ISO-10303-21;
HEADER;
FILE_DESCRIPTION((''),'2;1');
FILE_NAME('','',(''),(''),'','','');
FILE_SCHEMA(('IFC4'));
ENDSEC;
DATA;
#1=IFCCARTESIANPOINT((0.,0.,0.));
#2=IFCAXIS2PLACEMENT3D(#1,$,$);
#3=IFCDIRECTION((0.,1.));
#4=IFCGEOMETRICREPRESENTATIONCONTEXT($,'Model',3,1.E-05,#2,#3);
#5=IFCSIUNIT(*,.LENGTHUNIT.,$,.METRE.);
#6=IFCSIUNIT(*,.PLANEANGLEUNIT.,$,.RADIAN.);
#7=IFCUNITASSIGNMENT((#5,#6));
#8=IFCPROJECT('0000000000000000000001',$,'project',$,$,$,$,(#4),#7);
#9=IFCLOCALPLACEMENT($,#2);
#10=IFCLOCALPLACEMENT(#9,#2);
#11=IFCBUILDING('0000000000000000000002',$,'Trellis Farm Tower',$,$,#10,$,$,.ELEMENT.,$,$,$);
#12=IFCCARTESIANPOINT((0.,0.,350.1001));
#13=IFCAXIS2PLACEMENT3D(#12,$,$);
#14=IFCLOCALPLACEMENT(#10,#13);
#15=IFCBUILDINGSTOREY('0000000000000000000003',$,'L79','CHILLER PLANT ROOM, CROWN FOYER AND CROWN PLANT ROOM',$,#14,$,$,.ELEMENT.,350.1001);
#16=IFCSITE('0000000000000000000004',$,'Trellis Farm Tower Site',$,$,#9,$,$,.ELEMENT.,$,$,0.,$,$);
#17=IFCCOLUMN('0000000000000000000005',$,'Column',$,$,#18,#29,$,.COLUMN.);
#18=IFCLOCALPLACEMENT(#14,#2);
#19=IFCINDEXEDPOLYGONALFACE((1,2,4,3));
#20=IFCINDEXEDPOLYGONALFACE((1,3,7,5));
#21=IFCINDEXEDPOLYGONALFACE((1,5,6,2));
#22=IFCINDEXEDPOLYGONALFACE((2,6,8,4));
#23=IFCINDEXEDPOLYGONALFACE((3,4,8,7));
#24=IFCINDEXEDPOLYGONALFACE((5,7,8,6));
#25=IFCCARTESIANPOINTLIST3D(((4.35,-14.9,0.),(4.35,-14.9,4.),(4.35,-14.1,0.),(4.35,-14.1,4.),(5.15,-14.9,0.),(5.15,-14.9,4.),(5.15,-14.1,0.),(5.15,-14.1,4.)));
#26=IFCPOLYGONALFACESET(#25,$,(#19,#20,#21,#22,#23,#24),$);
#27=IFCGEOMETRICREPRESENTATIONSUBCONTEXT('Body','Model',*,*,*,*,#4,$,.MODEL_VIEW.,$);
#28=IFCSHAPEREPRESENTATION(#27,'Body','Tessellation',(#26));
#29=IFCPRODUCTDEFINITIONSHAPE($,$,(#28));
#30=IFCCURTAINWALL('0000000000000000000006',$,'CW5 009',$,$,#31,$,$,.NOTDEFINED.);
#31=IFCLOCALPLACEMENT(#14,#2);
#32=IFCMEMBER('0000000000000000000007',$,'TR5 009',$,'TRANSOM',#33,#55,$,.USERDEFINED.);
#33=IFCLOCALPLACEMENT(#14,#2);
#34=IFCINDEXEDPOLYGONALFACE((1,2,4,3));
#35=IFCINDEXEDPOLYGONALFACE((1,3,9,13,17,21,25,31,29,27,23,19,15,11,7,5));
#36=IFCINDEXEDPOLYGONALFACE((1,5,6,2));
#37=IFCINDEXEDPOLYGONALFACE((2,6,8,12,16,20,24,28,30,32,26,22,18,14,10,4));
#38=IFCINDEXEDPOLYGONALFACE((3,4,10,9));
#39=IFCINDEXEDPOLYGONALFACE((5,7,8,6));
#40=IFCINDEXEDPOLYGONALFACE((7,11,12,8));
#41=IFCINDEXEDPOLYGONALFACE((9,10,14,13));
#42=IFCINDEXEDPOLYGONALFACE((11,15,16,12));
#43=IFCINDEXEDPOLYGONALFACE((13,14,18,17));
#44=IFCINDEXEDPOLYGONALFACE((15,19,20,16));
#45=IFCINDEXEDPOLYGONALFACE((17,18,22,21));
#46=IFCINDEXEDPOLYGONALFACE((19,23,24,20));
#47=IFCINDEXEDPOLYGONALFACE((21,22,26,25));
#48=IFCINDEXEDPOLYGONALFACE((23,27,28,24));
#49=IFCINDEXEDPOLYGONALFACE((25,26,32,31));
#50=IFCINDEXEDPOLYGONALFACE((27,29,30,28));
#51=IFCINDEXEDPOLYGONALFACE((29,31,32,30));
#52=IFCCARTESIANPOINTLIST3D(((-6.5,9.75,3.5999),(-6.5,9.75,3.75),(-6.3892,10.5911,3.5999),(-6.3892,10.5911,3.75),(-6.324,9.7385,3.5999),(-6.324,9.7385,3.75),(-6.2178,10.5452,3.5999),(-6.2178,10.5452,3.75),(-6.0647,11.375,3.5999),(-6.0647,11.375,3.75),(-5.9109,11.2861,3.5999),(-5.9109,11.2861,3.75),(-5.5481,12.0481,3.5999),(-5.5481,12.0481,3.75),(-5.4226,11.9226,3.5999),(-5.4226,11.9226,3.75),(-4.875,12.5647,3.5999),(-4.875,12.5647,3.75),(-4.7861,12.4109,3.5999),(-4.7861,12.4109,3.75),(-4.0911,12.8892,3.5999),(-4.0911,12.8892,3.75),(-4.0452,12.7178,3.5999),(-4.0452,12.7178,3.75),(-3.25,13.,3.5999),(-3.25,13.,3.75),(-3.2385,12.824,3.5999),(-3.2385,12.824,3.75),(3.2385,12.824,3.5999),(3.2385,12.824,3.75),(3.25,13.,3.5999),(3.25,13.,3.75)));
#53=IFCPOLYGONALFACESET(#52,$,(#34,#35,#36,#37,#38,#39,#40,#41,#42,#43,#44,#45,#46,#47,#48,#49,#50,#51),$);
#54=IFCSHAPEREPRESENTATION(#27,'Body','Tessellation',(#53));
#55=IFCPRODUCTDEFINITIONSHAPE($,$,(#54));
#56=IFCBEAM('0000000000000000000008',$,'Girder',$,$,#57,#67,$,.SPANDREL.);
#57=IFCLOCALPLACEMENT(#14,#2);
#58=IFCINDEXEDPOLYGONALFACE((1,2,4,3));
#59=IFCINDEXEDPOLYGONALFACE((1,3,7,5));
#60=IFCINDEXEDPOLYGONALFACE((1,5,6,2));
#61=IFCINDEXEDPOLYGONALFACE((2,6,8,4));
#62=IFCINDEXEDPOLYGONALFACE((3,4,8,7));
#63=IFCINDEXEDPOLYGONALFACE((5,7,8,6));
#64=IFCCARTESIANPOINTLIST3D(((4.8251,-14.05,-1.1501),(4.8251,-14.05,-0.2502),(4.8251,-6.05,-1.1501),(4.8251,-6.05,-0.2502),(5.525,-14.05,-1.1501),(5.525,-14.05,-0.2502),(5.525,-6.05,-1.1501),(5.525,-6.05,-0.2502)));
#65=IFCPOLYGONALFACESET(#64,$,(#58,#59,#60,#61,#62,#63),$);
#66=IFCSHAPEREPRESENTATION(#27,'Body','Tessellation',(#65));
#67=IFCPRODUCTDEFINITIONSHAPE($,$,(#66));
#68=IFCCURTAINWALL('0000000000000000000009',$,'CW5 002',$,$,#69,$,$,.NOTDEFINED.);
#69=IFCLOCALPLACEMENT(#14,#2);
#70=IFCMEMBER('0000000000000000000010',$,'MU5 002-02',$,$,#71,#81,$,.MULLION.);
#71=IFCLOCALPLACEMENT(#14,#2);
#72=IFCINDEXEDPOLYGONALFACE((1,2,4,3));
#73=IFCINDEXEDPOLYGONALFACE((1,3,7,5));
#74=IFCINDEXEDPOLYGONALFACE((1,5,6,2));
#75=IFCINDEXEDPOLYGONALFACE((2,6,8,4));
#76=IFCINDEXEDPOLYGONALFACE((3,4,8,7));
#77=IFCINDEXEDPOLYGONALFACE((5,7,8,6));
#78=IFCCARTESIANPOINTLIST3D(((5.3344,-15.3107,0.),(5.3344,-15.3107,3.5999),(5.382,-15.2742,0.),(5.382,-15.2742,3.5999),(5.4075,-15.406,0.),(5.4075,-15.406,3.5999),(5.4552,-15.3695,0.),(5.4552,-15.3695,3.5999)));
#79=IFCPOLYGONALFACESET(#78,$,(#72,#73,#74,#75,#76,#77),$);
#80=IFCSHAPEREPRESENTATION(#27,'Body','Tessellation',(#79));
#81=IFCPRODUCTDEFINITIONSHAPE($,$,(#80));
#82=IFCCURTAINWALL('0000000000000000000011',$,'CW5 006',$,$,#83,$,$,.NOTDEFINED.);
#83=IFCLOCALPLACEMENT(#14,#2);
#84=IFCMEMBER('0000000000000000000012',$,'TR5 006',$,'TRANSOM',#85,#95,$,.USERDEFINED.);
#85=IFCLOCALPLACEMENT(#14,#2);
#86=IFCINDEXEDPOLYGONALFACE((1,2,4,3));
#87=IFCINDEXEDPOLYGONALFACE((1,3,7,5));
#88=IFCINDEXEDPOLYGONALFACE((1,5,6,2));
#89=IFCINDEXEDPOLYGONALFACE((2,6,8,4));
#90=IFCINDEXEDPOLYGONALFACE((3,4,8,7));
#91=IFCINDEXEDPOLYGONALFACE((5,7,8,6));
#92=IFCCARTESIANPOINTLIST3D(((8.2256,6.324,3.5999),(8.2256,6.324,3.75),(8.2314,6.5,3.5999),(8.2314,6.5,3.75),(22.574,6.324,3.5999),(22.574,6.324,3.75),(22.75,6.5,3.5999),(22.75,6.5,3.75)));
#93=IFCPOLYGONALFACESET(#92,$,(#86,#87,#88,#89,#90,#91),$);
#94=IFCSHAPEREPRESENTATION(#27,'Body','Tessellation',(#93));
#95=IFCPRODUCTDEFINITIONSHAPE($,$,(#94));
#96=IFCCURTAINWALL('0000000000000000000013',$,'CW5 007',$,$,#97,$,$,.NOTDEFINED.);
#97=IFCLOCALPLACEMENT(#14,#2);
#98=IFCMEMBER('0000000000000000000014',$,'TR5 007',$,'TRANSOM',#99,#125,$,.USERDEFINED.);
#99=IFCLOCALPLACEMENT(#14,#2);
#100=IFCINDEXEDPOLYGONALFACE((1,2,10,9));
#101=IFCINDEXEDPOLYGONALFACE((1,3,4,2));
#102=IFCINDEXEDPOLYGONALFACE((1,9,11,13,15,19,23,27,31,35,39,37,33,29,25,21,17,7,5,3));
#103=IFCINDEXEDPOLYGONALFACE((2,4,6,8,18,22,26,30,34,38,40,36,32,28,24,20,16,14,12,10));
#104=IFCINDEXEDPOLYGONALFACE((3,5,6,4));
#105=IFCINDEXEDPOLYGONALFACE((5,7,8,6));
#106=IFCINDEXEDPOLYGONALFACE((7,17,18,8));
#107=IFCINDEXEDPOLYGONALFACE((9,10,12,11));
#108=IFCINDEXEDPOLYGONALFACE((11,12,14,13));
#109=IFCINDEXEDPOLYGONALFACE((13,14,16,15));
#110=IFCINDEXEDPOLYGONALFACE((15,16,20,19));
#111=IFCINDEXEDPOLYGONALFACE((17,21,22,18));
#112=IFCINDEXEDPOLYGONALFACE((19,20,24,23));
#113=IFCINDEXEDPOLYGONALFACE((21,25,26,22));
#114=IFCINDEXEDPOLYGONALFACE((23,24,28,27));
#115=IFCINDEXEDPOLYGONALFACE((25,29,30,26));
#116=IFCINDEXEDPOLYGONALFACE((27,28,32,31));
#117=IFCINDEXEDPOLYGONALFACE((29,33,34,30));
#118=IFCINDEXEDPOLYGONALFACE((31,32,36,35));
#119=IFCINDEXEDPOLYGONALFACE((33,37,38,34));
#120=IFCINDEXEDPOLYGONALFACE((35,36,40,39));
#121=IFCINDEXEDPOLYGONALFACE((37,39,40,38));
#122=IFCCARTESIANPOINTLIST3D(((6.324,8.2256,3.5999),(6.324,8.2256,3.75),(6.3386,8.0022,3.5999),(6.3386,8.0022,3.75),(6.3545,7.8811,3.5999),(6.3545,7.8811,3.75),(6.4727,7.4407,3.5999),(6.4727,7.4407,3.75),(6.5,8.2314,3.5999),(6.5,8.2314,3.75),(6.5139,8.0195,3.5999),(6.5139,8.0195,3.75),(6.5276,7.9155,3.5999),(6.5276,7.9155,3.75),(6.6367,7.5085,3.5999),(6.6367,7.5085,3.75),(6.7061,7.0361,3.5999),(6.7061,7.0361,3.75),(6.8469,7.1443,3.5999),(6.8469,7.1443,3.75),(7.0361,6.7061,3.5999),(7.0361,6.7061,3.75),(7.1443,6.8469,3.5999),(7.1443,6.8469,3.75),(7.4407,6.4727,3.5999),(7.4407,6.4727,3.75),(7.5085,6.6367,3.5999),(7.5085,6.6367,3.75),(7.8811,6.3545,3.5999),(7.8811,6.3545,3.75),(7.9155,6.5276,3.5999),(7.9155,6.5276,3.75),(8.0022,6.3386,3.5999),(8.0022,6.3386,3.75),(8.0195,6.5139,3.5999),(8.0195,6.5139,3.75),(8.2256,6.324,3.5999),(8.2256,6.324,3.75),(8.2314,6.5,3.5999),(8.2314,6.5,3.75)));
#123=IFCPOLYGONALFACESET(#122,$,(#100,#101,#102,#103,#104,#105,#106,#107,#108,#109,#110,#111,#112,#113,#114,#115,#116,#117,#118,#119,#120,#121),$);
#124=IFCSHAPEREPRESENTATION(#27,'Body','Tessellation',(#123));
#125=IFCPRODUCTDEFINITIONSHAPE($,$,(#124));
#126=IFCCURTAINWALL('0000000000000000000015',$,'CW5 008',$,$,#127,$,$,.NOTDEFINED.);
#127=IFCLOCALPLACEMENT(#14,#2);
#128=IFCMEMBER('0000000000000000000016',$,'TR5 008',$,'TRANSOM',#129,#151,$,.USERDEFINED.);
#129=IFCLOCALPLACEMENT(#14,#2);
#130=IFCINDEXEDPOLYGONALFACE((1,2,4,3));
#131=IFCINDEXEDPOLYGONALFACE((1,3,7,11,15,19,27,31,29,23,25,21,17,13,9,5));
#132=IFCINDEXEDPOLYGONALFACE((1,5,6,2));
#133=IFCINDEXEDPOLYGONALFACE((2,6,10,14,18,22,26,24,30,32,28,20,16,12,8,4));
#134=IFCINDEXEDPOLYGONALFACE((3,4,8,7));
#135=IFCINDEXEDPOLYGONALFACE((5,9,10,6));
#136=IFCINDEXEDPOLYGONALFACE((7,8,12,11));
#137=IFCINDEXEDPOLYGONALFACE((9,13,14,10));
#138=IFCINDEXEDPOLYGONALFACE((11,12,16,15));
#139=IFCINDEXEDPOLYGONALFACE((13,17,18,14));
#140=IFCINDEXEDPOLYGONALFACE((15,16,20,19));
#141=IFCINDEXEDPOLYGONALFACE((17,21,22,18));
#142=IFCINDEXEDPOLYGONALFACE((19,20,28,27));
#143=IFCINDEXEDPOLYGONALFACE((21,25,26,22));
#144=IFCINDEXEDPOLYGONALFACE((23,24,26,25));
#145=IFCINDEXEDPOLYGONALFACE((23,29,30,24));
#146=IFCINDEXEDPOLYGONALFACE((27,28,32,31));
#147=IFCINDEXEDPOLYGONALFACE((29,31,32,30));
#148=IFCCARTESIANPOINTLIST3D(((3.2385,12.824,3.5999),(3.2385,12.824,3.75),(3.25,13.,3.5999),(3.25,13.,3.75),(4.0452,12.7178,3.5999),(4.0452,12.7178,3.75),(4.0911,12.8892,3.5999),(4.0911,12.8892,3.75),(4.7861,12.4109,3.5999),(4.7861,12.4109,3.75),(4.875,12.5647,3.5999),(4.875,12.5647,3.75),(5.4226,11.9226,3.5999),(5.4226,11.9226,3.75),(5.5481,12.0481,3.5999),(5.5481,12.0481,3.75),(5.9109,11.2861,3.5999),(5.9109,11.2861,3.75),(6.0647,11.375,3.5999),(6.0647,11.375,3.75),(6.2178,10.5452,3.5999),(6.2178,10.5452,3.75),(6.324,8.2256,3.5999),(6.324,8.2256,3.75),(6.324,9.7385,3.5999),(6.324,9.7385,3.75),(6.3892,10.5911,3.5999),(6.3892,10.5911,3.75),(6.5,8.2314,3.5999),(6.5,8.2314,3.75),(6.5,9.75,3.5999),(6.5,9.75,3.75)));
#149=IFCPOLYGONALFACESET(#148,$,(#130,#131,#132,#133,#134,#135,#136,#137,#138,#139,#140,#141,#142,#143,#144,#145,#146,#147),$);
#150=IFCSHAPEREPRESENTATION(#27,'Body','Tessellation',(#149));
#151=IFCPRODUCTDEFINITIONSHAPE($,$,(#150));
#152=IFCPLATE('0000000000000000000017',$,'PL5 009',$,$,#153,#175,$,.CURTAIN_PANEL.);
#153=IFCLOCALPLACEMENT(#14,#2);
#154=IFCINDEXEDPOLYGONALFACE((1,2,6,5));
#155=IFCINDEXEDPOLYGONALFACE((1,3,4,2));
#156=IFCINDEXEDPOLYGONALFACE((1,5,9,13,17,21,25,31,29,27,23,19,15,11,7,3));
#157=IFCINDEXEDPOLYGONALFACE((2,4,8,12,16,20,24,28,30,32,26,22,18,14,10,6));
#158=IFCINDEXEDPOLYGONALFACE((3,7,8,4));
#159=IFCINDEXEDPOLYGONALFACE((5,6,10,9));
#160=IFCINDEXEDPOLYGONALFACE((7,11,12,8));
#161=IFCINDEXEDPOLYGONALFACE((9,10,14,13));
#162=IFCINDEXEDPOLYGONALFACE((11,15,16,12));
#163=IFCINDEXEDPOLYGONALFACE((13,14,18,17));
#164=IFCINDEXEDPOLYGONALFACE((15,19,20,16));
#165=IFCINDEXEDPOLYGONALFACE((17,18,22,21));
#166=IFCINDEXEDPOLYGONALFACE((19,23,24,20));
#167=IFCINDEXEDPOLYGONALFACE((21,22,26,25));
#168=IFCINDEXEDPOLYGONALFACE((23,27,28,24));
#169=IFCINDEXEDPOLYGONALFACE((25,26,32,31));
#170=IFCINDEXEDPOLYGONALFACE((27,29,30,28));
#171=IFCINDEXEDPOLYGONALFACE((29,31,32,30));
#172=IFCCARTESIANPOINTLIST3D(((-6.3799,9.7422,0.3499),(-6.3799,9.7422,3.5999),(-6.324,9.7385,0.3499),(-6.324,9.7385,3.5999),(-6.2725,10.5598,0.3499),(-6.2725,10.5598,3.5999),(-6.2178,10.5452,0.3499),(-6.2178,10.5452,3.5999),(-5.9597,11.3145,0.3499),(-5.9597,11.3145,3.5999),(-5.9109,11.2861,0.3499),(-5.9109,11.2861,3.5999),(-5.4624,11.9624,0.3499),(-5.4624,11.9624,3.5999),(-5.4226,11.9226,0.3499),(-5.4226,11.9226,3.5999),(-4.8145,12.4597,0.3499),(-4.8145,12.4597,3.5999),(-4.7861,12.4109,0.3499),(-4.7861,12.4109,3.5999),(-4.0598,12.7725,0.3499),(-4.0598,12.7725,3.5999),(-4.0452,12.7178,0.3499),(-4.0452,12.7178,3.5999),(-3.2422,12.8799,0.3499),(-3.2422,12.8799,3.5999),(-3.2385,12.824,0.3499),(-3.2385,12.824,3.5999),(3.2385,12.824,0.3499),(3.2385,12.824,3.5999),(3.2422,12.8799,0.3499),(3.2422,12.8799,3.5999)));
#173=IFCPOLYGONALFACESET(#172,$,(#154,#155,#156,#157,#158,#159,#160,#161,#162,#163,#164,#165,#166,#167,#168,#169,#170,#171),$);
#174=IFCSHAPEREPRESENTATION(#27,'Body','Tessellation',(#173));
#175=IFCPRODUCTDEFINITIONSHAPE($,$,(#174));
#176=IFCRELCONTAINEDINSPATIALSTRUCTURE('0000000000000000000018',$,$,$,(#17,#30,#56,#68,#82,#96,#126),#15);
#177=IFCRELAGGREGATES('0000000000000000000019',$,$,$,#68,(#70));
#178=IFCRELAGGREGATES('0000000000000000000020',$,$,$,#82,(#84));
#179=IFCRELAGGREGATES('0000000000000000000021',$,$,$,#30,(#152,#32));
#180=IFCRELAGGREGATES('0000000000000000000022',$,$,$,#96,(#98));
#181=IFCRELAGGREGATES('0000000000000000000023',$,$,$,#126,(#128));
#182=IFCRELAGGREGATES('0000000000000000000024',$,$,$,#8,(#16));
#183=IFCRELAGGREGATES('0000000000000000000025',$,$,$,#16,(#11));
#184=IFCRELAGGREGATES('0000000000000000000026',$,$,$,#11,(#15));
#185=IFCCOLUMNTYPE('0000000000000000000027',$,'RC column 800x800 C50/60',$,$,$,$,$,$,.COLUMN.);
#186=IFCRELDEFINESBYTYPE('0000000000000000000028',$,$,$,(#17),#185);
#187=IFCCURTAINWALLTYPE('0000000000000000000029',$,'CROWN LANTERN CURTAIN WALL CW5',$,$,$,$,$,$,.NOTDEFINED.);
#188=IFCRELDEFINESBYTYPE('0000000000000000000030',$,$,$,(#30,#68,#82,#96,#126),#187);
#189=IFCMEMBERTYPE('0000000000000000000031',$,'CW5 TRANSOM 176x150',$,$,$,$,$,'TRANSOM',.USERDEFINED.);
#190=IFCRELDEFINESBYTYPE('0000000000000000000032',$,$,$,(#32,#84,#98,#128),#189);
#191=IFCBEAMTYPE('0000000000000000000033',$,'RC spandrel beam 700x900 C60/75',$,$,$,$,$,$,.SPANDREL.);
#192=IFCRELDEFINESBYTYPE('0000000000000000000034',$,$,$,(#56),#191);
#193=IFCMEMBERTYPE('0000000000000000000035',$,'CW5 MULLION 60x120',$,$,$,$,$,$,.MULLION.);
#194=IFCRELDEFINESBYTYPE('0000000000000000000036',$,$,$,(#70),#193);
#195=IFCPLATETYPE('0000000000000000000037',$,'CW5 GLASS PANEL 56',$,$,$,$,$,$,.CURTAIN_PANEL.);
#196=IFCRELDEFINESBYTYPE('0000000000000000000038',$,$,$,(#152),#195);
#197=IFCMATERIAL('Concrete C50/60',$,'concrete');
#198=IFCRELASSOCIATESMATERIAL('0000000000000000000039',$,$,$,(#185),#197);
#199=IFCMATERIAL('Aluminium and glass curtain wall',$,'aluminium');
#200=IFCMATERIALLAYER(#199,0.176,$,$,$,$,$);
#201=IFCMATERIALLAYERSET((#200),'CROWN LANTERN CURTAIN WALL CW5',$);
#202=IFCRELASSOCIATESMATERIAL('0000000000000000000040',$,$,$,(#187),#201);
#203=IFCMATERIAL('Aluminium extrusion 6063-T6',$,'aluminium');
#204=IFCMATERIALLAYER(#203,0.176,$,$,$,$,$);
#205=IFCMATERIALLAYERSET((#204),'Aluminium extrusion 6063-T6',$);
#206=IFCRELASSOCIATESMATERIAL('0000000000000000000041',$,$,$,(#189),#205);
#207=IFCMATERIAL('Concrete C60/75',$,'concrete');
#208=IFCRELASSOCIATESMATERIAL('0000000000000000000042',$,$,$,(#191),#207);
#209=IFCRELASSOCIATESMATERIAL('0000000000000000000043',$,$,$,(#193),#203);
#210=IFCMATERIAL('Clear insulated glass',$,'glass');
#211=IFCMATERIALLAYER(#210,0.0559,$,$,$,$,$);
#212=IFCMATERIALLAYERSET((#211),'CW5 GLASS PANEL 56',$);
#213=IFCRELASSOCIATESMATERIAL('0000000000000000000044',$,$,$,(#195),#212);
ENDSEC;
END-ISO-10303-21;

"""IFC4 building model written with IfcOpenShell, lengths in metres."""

from ifc_helpers import new_model, si_unit, direction, frame, origin, origin_2d, place, context, subcontext, project, spatial, polyline, rectangle, outline, extrude, source, transform, mapped, material, layer, layer_set, material_profile, profile_set, type_object, element, aggregate, save


model = new_model("IFC4")

# Units and contexts
model_context = context("Model", 3, precision=1e-05, world=origin(), true_north=direction((0.0, 1.0)))
body_context = subcontext(model_context, "Body", "Model", "MODEL_VIEW")
ifc_project = project(units=[si_unit("LENGTHUNIT", "METRE"), si_unit("PLANEANGLEUNIT", "RADIAN")], contexts=[model_context])

# Site, building, storey
site_placement = place(None, origin())
site = spatial("IfcSite", under=ifc_project, at=site_placement, Name="Trellis Farm Tower Site", CompositionType="ELEMENT", RefElevation=0.0)
building_placement = place(site_placement, origin())
building = spatial("IfcBuilding", under=site, at=building_placement, Name="Trellis Farm Tower", CompositionType="ELEMENT")
storey_placement = place(building_placement, frame((0.0, 0.0, 350.1001)))
storey = spatial("IfcBuildingStorey", under=building, at=storey_placement, Name="L79", Description="CHILLER PLANT ROOM, CROWN FOYER AND CROWN PLANT ROOM", CompositionType="ELEMENT", Elevation=350.1001)

# Column
ifc_material_1 = material(Name="Concrete C50/60", Category="concrete")
ifc_material_profile_1 = material_profile(ifc_material_1, rectangle(XDim=0.8, YDim=0.8, at=origin_2d()), Name="RC column 800x800 C50/60")
ifc_profile_set_1 = profile_set([ifc_material_profile_1], Name="Concrete C50/60")
column_type = type_object("IfcColumnType", Name="RC column 800x800 C50/60", PredefinedType="COLUMN", material=ifc_profile_set_1)
shared_shape_1 = source(origin(), body_context, "Body", "SweptSolid", [
    extrude(rectangle(XDim=0.8, YDim=0.8, at=origin_2d()), origin(), (0.0, 0.0, 1.0), 4.0),
])
column_placement = place(storey_placement, frame((4.75, -14.5, 0.0), z_axis=(0.0, 0.0, 1.0), x_axis=(1.0, 0.0, 0.0)))
element("IfcColumn", 1, at=column_placement, inside=storey, type_object=column_type, Name="Column", PredefinedType="COLUMN", context=body_context, shape_type="MappedRepresentation", body=[
    mapped(shared_shape_1, transform((0.0, 0.0, 0.0))),
])

# Curtain wall, member
ifc_material_2 = material(Name="Aluminium and glass curtain wall", Category="aluminium")
ifc_layer_1 = layer(ifc_material_2, 0.176)
ifc_layer_set_1 = layer_set([ifc_layer_1], Name="CROWN LANTERN CURTAIN WALL CW5")
curtain_wall_type = type_object("IfcCurtainWallType", Name="CROWN LANTERN CURTAIN WALL CW5", PredefinedType="NOTDEFINED", material=ifc_layer_set_1)
placement_1 = place(storey_placement, origin())
curtain_wall_1 = element("IfcCurtainWall", 2, at=placement_1, inside=storey, type_object=curtain_wall_type, Name="CW5 009", PredefinedType="NOTDEFINED")
ifc_material_3 = material(Name="Aluminium extrusion 6063-T6", Category="aluminium")
ifc_layer_2 = layer(ifc_material_3, 0.176)
ifc_layer_set_2 = layer_set([ifc_layer_2], Name="Aluminium extrusion 6063-T6")
member_type_1 = type_object("IfcMemberType", Name="CW5 TRANSOM 176x150", ElementType="TRANSOM", PredefinedType="USERDEFINED", material=ifc_layer_set_2)
placement_2 = place(storey_placement, frame((0.0, 0.0, 3.5999)))
member_1 = element("IfcMember", 3, at=placement_2, type_object=member_type_1, Name="TR5 009", ObjectType="TRANSOM", PredefinedType="USERDEFINED", context=body_context, shape_type="SweptSolid", body=[
    extrude(outline(polyline([(3.25, 13.0), (-3.25, 13.0), (-4.0911, 12.8892), (-4.875, 12.5647), (-5.5481, 12.0481), (-6.0647, 11.375), (-6.3892, 10.5911), (-6.5, 9.75), (-6.324, 9.7385), (-6.2178, 10.5452), (-5.9109, 11.2861), (-5.4226, 11.9226), (-4.7861, 12.4109), (-4.0452, 12.7178), (-3.2385, 12.824), (3.2385, 12.824), (3.25, 13.0)])), origin(), (0.0, 0.0, 1.0), 0.1501),
])

# Beam
ifc_material_4 = material(Name="Concrete C60/75", Category="concrete")
ifc_material_profile_2 = material_profile(ifc_material_4, rectangle(XDim=0.7, YDim=0.8999, at=origin_2d()), Name="RC spandrel beam 700x900 C60/75")
ifc_profile_set_2 = profile_set([ifc_material_profile_2], Name="Concrete C60/75")
beam_type = type_object("IfcBeamType", Name="RC spandrel beam 700x900 C60/75", PredefinedType="SPANDREL", material=ifc_profile_set_2)
shared_shape_2 = source(origin(), body_context, "Body", "SweptSolid", [
    extrude(rectangle(XDim=0.7, YDim=0.8999, at=origin_2d()), origin(), (0.0, 0.0, 1.0), 8.0),
])
beam_placement = place(storey_placement, frame((5.175, -14.05, -0.7002), z_axis=(0.0, 1.0, 0.0), x_axis=(-1.0, 0.0, 0.0)))
element("IfcBeam", 4, at=beam_placement, inside=storey, type_object=beam_type, Name="Girder", PredefinedType="SPANDREL", context=body_context, shape_type="MappedRepresentation", body=[
    mapped(shared_shape_2, transform((0.0, 0.0, 0.0))),
])

# Curtain walls, members
curtain_wall_2 = element("IfcCurtainWall", 5, at=placement_1, inside=storey, type_object=curtain_wall_type, Name="CW5 002", PredefinedType="NOTDEFINED")
ifc_material_profile_3 = material_profile(ifc_material_3, rectangle(XDim=0.0601, YDim=0.1201, at=origin_2d()), Name="MULLION 60x120")
ifc_profile_set_3 = profile_set([ifc_material_profile_3], Name="Aluminium extrusion 6063-T6")
member_type_2 = type_object("IfcMemberType", Name="CW5 MULLION 60x120", PredefinedType="MULLION", material=ifc_profile_set_3)
shared_shape_3 = source(origin(), body_context, "Body", "SweptSolid", [
    extrude(rectangle(XDim=0.0601, YDim=0.1201, at=origin_2d()), origin(), (0.0, 0.0, 1.0), 3.5999),
])
member_2_placement = place(storey_placement, frame((5.3948, -15.3401, 0.0), z_axis=(0.0, 0.0, 1.0), x_axis=(0.793353, 0.608761, 0.0)))
member_2 = element("IfcMember", 6, at=member_2_placement, type_object=member_type_2, Name="MU5 002-02", PredefinedType="MULLION", context=body_context, shape_type="MappedRepresentation", body=[
    mapped(shared_shape_3, transform((0.0, 0.0, 0.0))),
])
aggregate(curtain_wall_2, [member_2])
curtain_wall_3 = element("IfcCurtainWall", 7, at=placement_1, inside=storey, type_object=curtain_wall_type, Name="CW5 006", PredefinedType="NOTDEFINED")
shared_shape_4 = source(origin(), body_context, "Body", "SweptSolid", [
    extrude(outline(polyline([(22.75, 6.5), (8.2314, 6.5), (8.2256, 6.324), (22.574, 6.324), (22.75, 6.5)])), origin(), (0.0, 0.0, 1.0), 0.1501),
])
member_3 = element("IfcMember", 8, at=placement_2, type_object=member_type_1, Name="TR5 006", ObjectType="TRANSOM", PredefinedType="USERDEFINED", context=body_context, shape_type="MappedRepresentation", body=[
    mapped(shared_shape_4, transform((0.0, 0.0, 0.0))),
])
aggregate(curtain_wall_3, [member_3])
curtain_wall_4 = element("IfcCurtainWall", 9, at=placement_1, inside=storey, type_object=curtain_wall_type, Name="CW5 007", PredefinedType="NOTDEFINED")
shared_shape_5 = source(origin(), body_context, "Body", "SweptSolid", [
    extrude(outline(polyline([(8.2314, 6.5), (8.0195, 6.5139), (7.9155, 6.5276), (7.5085, 6.6367), (7.1443, 6.8469), (6.8469, 7.1443), (6.6367, 7.5085), (6.5276, 7.9155), (6.5139, 8.0195), (6.5, 8.2314), (6.324, 8.2256), (6.3386, 8.0022), (6.3545, 7.8811), (6.4727, 7.4407), (6.7061, 7.0361), (7.0361, 6.7061), (7.4407, 6.4727), (7.8811, 6.3545), (8.0022, 6.3386), (8.2256, 6.324), (8.2314, 6.5)])), origin(), (0.0, 0.0, 1.0), 0.1501),
])
member_4 = element("IfcMember", 10, at=placement_2, type_object=member_type_1, Name="TR5 007", ObjectType="TRANSOM", PredefinedType="USERDEFINED", context=body_context, shape_type="MappedRepresentation", body=[
    mapped(shared_shape_5, transform((0.0, 0.0, 0.0))),
])
curtain_wall_5 = element("IfcCurtainWall", 11, at=placement_1, inside=storey, type_object=curtain_wall_type, Name="CW5 008", PredefinedType="NOTDEFINED")
shared_shape_6 = source(origin(), body_context, "Body", "SweptSolid", [
    extrude(outline(polyline([(6.5, 8.2314), (6.5, 9.75), (6.3892, 10.5911), (6.0647, 11.375), (5.5481, 12.0481), (4.875, 12.5647), (4.0911, 12.8892), (3.25, 13.0), (3.2385, 12.824), (4.0452, 12.7178), (4.7861, 12.4109), (5.4226, 11.9226), (5.9109, 11.2861), (6.2178, 10.5452), (6.324, 9.7385), (6.324, 8.2256), (6.5, 8.2314)])), origin(), (0.0, 0.0, 1.0), 0.1501),
])
member_5 = element("IfcMember", 12, at=placement_2, type_object=member_type_1, Name="TR5 008", ObjectType="TRANSOM", PredefinedType="USERDEFINED", context=body_context, shape_type="MappedRepresentation", body=[
    mapped(shared_shape_6, transform((0.0, 0.0, 0.0))),
])

# Plate
ifc_material_5 = material(Name="Clear insulated glass", Category="glass")
ifc_layer_3 = layer(ifc_material_5, 0.0559)
ifc_layer_set_3 = layer_set([ifc_layer_3], Name="CW5 GLASS PANEL 56")
plate_type_1 = type_object("IfcPlateType", Name="CW5 GLASS PANEL 56", PredefinedType="CURTAIN_PANEL", material=ifc_layer_set_3)
placement_3 = place(storey_placement, frame((0.0, 0.0, 0.3499)))
plate_1 = element("IfcPlate", 13, at=placement_3, type_object=plate_type_1, Name="PL5 009", PredefinedType="CURTAIN_PANEL", context=body_context, shape_type="SweptSolid", body=[
    extrude(outline(polyline([(3.2422, 12.8799), (-3.2422, 12.8799), (-4.0598, 12.7725), (-4.8145, 12.4597), (-5.4624, 11.9624), (-5.9597, 11.3145), (-6.2725, 10.5598), (-6.3799, 9.7422), (-6.324, 9.7385), (-6.2178, 10.5452), (-5.9109, 11.2861), (-5.4226, 11.9226), (-4.7861, 12.4109), (-4.0452, 12.7178), (-3.2385, 12.824), (3.2385, 12.824), (3.2422, 12.8799)])), origin(), (0.0, 0.0, 1.0), 3.25),
])
aggregate(curtain_wall_1, [plate_1, member_1])
aggregate(curtain_wall_4, [member_4])
aggregate(curtain_wall_5, [member_5])

save(model, "model.ifc")
